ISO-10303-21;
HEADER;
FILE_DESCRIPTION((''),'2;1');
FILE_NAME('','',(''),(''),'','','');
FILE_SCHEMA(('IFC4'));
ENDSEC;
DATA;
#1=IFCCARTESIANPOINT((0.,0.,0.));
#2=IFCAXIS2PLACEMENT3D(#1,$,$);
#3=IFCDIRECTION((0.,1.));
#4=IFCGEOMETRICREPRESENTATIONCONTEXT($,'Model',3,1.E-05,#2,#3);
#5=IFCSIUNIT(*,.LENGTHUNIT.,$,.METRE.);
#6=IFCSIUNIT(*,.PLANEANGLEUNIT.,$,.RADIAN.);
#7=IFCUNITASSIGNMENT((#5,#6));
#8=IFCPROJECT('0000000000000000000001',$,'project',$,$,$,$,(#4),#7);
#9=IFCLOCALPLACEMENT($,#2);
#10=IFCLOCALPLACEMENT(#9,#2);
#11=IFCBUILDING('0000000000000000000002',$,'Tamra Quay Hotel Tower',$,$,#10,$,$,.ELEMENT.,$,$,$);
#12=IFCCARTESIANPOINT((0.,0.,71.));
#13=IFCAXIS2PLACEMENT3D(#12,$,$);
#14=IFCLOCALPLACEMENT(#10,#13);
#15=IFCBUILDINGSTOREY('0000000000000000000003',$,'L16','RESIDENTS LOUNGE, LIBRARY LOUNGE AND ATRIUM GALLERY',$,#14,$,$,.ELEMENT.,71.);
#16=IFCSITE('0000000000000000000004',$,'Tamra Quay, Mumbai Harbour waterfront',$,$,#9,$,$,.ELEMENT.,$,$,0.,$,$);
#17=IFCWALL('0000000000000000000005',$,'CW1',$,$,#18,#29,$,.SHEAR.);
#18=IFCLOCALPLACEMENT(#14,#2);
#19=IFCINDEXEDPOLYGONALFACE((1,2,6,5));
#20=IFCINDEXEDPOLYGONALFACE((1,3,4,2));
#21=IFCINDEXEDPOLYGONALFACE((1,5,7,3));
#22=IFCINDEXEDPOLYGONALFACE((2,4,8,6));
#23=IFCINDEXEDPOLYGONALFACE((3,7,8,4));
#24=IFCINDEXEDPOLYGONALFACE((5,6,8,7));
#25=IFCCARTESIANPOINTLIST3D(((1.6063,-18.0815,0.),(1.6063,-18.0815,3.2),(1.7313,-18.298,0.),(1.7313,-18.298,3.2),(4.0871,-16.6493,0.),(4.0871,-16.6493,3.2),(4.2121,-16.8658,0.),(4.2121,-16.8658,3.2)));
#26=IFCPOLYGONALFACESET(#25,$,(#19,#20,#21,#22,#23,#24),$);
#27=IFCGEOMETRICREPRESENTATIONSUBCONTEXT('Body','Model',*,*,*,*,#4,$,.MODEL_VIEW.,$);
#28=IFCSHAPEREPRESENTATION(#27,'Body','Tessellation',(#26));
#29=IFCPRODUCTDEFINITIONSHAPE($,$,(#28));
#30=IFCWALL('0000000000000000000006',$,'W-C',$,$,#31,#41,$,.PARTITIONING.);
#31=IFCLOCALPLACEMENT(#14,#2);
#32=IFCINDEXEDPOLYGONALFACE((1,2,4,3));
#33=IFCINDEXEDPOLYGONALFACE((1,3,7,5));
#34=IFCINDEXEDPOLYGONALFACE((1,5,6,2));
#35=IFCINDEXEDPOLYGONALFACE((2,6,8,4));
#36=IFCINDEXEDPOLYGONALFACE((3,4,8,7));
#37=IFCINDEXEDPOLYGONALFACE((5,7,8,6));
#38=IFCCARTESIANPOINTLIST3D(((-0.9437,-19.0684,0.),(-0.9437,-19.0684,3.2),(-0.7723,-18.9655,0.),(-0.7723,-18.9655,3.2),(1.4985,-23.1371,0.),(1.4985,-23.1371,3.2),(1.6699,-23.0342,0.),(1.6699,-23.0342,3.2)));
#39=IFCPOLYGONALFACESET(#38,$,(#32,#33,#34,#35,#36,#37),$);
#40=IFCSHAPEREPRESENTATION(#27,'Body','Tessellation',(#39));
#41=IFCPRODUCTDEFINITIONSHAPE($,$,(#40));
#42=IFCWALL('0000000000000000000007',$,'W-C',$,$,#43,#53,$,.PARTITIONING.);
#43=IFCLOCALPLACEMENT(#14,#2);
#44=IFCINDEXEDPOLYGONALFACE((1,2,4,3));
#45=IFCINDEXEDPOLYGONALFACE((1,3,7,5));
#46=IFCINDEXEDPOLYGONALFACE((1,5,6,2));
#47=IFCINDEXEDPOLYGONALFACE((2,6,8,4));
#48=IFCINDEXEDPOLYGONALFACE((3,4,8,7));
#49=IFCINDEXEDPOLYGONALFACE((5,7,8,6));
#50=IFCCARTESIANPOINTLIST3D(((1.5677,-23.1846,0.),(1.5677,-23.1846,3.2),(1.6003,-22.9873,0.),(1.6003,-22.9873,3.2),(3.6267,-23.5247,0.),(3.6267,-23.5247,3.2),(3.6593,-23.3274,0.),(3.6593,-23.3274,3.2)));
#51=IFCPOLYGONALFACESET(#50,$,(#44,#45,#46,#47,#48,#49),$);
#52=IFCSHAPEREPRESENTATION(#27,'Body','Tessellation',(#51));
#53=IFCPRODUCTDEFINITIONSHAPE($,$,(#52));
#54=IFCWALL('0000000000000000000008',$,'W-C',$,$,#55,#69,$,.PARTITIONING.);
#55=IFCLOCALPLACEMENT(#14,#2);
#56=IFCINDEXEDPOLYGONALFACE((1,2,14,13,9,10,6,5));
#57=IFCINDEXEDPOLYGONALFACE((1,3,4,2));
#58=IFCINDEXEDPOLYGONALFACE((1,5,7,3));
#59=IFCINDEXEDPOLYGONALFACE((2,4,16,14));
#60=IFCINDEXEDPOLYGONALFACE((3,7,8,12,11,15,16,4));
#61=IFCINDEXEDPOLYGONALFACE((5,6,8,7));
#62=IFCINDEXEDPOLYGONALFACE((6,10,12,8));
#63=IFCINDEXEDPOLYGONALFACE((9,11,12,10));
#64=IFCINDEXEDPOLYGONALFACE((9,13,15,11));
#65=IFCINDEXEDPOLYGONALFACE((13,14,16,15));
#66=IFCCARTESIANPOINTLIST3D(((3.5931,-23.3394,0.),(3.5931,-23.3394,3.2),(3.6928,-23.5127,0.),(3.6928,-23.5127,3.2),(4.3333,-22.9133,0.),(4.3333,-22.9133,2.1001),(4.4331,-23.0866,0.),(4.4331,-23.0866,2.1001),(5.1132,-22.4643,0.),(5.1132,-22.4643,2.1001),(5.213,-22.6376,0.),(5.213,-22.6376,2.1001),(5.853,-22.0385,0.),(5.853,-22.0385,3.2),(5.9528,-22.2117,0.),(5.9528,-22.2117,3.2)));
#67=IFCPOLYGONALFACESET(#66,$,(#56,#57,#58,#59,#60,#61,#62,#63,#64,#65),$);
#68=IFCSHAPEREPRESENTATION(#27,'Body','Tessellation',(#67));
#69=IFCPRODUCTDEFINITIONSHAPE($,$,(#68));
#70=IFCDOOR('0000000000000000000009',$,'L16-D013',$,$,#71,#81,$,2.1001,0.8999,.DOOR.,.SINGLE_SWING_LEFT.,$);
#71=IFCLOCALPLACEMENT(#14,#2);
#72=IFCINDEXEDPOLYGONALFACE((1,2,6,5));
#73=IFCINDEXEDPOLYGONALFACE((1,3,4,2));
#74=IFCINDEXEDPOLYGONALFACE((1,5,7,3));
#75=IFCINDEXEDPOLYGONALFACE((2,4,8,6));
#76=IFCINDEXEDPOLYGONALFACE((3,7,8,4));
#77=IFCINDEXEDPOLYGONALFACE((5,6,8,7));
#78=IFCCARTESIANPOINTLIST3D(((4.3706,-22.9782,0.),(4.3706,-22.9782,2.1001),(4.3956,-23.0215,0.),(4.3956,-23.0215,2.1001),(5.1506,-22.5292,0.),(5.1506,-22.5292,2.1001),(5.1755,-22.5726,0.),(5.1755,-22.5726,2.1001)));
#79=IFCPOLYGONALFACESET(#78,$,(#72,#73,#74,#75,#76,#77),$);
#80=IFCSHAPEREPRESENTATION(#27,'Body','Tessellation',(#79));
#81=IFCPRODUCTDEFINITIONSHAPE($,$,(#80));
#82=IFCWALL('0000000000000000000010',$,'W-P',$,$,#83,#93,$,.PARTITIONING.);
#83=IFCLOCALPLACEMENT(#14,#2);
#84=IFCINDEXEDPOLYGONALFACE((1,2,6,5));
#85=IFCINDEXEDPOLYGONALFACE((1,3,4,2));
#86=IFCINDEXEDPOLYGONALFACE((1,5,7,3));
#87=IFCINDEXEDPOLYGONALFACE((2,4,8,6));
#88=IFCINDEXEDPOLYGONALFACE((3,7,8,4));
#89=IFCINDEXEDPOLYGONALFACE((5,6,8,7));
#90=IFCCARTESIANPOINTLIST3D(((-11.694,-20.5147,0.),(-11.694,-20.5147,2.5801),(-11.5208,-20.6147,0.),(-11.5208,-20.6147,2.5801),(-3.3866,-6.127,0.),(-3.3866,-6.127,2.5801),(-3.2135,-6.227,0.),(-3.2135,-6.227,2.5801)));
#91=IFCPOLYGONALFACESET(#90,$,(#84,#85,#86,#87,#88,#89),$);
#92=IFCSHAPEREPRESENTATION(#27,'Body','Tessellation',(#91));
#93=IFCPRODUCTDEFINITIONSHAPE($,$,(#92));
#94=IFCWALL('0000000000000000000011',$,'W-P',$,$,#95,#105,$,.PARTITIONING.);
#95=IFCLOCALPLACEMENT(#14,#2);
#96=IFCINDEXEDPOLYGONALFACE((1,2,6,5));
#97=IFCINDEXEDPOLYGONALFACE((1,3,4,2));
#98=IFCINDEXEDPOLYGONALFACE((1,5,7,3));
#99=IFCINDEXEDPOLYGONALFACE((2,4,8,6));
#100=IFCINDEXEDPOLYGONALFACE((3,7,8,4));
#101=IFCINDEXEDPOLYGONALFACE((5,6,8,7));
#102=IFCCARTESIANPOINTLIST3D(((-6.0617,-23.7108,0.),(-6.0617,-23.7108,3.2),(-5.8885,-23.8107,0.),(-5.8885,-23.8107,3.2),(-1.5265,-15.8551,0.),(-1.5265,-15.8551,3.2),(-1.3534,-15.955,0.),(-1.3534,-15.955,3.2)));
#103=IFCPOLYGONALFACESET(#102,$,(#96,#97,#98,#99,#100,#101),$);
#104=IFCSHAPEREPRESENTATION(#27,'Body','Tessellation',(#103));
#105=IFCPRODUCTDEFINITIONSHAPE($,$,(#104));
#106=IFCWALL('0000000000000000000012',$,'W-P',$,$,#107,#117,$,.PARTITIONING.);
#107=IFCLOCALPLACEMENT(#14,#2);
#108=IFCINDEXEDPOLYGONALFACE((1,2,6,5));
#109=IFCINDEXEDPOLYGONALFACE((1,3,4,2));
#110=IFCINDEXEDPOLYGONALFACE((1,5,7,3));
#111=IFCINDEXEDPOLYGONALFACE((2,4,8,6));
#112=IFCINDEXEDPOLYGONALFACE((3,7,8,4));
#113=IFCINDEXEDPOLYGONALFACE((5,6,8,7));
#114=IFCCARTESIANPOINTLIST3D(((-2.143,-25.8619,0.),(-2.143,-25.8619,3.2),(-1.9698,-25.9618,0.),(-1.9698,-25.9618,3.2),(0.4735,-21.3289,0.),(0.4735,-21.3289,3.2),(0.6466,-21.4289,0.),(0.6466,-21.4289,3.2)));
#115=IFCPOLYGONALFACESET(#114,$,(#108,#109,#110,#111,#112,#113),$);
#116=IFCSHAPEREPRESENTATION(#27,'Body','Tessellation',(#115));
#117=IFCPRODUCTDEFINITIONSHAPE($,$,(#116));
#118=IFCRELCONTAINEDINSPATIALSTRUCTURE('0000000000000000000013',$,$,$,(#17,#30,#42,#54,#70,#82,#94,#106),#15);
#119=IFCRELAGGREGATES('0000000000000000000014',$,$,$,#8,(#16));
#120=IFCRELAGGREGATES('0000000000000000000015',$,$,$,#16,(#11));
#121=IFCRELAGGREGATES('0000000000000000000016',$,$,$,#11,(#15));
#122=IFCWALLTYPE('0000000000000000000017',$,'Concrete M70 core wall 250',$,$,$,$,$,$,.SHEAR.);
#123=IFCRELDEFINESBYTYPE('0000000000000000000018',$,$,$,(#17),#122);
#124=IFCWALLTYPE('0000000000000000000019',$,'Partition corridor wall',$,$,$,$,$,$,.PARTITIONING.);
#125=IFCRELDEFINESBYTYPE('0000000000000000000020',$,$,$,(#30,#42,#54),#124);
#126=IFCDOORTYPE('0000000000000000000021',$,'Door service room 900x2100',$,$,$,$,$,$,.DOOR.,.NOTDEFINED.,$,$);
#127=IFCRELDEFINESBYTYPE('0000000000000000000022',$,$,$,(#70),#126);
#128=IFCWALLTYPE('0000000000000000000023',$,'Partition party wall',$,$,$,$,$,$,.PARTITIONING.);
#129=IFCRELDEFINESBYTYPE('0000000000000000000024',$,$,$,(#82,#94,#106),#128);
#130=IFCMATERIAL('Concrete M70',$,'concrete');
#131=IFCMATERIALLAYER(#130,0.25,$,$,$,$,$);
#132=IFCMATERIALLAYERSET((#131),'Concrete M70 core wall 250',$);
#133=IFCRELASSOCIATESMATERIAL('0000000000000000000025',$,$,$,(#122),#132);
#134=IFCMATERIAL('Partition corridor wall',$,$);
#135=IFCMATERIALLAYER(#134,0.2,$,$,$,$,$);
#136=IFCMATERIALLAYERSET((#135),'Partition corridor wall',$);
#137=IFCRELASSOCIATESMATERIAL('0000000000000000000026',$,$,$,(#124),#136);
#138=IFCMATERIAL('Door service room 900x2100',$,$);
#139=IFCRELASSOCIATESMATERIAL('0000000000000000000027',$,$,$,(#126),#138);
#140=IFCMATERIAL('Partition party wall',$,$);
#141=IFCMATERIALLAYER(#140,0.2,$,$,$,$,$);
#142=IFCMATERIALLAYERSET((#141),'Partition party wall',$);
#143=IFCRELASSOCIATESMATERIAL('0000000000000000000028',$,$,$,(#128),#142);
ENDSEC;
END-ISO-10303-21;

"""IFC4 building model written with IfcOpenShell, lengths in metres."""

from ifc_helpers import new_model, si_unit, direction, frame, frame_2d, origin, place, context, subcontext, project, spatial, rectangle, extrude, material, layer, layer_set, type_object, element, fill, save


model = new_model("IFC4")

# Units and contexts
model_context = context("Model", 3, precision=1e-05, world=origin(), true_north=direction((0.0, 1.0)))
body_context = subcontext(model_context, "Body", "Model", "MODEL_VIEW")
ifc_project = project(units=[si_unit("LENGTHUNIT", "METRE"), si_unit("PLANEANGLEUNIT", "RADIAN")], contexts=[model_context])

# Site, building, storey
site_placement = place(None, origin())
site = spatial("IfcSite", under=ifc_project, at=site_placement, Name="Tamra Quay, Mumbai Harbour waterfront", CompositionType="ELEMENT", RefElevation=0.0)
building_placement = place(site_placement, origin())
building = spatial("IfcBuilding", under=site, at=building_placement, Name="Tamra Quay Hotel Tower", CompositionType="ELEMENT")
storey_placement = place(building_placement, frame((0.0, 0.0, 71.0)))
storey = spatial("IfcBuildingStorey", under=building, at=storey_placement, Name="L16", Description="RESIDENTS LOUNGE, LIBRARY LOUNGE AND ATRIUM GALLERY", CompositionType="ELEMENT", Elevation=71.0)

# Shared definitions
ifc_material_1 = material(Name="Concrete M70", Category="concrete")

# Walls
ifc_layer_1 = layer(ifc_material_1, 0.25)
ifc_layer_set_1 = layer_set([ifc_layer_1], Name="Concrete M70 core wall 250")
wall_type_1 = type_object("IfcWallType", Name="Concrete M70 core wall 250", PredefinedType="SHEAR", material=ifc_layer_set_1)
wall_1_placement = place(storey_placement, frame((1.6689, -18.1897, 0.0), z_axis=(0.0, 0.0, 1.0), x_axis=(0.866042, 0.499971, 0.0)))
element("IfcWall", 1, at=wall_1_placement, inside=storey, type_object=wall_type_1, Name="CW1", PredefinedType="SHEAR", context=body_context, shape_type="SweptSolid", body=[
    extrude(rectangle(XDim=2.8645, YDim=0.25, at=frame_2d((1.4321, 0.0))), origin(), (0.0, 0.0, 1.0), 3.2),
])
ifc_material_2 = material(Name="Partition corridor wall")
ifc_layer_2 = layer(ifc_material_2, 0.2)
ifc_layer_set_2 = layer_set([ifc_layer_2], Name="Partition corridor wall")
wall_type_2 = type_object("IfcWallType", Name="Partition corridor wall", PredefinedType="PARTITIONING", material=ifc_layer_set_2)
wall_2_placement = place(storey_placement, frame((-0.8579, -19.0171, 0.0), z_axis=(0.0, 0.0, 1.0), x_axis=(0.514647, -0.857402, 0.0)))
element("IfcWall", 2, at=wall_2_placement, inside=storey, type_object=wall_type_2, Name="W-C", PredefinedType="PARTITIONING", context=body_context, shape_type="SweptSolid", body=[
    extrude(rectangle(XDim=4.7454, YDim=0.2, at=frame_2d((2.3726, 0.0))), origin(), (0.0, 0.0, 1.0), 3.2),
])
wall_3_placement = place(storey_placement, frame((1.584, -23.0859, 0.0), z_axis=(0.0, 0.0, 1.0), x_axis=(0.986633, -0.162957, 0.0)))
element("IfcWall", 3, at=wall_3_placement, inside=storey, type_object=wall_type_2, Name="W-C", PredefinedType="PARTITIONING", context=body_context, shape_type="SweptSolid", body=[
    extrude(rectangle(XDim=2.0869, YDim=0.2, at=frame_2d((1.0435, 0.0))), origin(), (0.0, 0.0, 1.0), 3.2),
])

# Wall, opening, door
wall_4_placement = place(storey_placement, frame((3.6431, -23.426, 0.0), z_axis=(0.0, 0.0, 1.0), x_axis=(0.866654, 0.498909, 0.0)))
wall_4 = element("IfcWall", 4, at=wall_4_placement, inside=storey, type_object=wall_type_2, Name="W-C", PredefinedType="PARTITIONING", context=body_context, shape_type="SweptSolid", body=[
    extrude(rectangle(XDim=2.6077, YDim=0.2, at=frame_2d((1.3037, 0.0))), origin(), (0.0, 0.0, 1.0), 3.2),
])
opening_placement = place(wall_4_placement, frame((0.854, 0.0, 0.0)))
opening = element("IfcOpeningElement", 5, at=opening_placement, cuts=wall_4, PredefinedType="OPENING", context=body_context, shape_type="SweptSolid", body=[
    extrude(rectangle(XDim=0.8999, YDim=2.1001, at=frame_2d((0.45, 1.05))), frame((0.0, 0.1099, 0.0), z_axis=(0.0, -1.0, 0.0), x_axis=(1.0, 0.0, 0.0)), (0.0, 0.0, 1.0), 0.22),
])
ifc_material_3 = material(Name="Door service room 900x2100")
door_type = type_object("IfcDoorType", Name="Door service room 900x2100", OperationType="NOTDEFINED", PredefinedType="DOOR", material=ifc_material_3)
door_placement = place(opening_placement, frame((0.8999, 0.0, 0.0), z_axis=(0.0, 0.0, 1.0), x_axis=(-1.0, 0.0, 0.0)))
door = element("IfcDoor", 6, at=door_placement, inside=storey, type_object=door_type, Name="L16-D013", OperationType="SINGLE_SWING_LEFT", OverallHeight=2.1001, OverallWidth=0.8999, PredefinedType="DOOR", context=body_context, shape_type="SweptSolid", body=[
    extrude(rectangle(XDim=0.8999, YDim=2.1001, at=frame_2d((0.45, 1.05))), frame((0.0, 0.0249, 0.0), z_axis=(0.0, -1.0, 0.0), x_axis=(1.0, 0.0, 0.0)), (0.0, 0.0, 1.0), 0.05),
])
fill(opening, door)

# Walls
ifc_material_4 = material(Name="Partition party wall")
ifc_layer_3 = layer(ifc_material_4, 0.2)
ifc_layer_set_3 = layer_set([ifc_layer_3], Name="Partition party wall")
wall_type_3 = type_object("IfcWallType", Name="Partition party wall", PredefinedType="PARTITIONING", material=ifc_layer_set_3)
wall_5_placement = place(storey_placement, frame((-11.6074, -20.5647, 0.0), z_axis=(0.0, 0.0, 1.0), x_axis=(0.500029, 0.866009, 0.0)))
element("IfcWall", 7, at=wall_5_placement, inside=storey, type_object=wall_type_3, Name="W-P", PredefinedType="PARTITIONING", context=body_context, shape_type="SweptSolid", body=[
    extrude(rectangle(XDim=16.6138, YDim=0.2, at=frame_2d((8.3069, 0.0))), origin(), (0.0, 0.0, 1.0), 2.5801),
])
wall_6_placement = place(storey_placement, frame((-5.9751, -23.7607, 0.0), z_axis=(0.0, 0.0, 1.0), x_axis=(0.499972, 0.866042, 0.0)))
element("IfcWall", 8, at=wall_6_placement, inside=storey, type_object=wall_type_3, Name="W-P", PredefinedType="PARTITIONING", context=body_context, shape_type="SweptSolid", body=[
    extrude(rectangle(XDim=9.0708, YDim=0.2, at=frame_2d((4.5354, 0.0))), origin(), (0.0, 0.0, 1.0), 3.2),
])
wall_7_placement = place(storey_placement, frame((-2.0564, -25.9119, 0.0), z_axis=(0.0, 0.0, 1.0), x_axis=(0.499907, 0.866079, 0.0)))
element("IfcWall", 9, at=wall_7_placement, inside=storey, type_object=wall_type_3, Name="W-P", PredefinedType="PARTITIONING", context=body_context, shape_type="SweptSolid", body=[
    extrude(rectangle(XDim=5.2339, YDim=0.2, at=frame_2d((2.6169, 0.0))), origin(), (0.0, 0.0, 1.0), 3.2),
])

save(model, "model.ifc")
